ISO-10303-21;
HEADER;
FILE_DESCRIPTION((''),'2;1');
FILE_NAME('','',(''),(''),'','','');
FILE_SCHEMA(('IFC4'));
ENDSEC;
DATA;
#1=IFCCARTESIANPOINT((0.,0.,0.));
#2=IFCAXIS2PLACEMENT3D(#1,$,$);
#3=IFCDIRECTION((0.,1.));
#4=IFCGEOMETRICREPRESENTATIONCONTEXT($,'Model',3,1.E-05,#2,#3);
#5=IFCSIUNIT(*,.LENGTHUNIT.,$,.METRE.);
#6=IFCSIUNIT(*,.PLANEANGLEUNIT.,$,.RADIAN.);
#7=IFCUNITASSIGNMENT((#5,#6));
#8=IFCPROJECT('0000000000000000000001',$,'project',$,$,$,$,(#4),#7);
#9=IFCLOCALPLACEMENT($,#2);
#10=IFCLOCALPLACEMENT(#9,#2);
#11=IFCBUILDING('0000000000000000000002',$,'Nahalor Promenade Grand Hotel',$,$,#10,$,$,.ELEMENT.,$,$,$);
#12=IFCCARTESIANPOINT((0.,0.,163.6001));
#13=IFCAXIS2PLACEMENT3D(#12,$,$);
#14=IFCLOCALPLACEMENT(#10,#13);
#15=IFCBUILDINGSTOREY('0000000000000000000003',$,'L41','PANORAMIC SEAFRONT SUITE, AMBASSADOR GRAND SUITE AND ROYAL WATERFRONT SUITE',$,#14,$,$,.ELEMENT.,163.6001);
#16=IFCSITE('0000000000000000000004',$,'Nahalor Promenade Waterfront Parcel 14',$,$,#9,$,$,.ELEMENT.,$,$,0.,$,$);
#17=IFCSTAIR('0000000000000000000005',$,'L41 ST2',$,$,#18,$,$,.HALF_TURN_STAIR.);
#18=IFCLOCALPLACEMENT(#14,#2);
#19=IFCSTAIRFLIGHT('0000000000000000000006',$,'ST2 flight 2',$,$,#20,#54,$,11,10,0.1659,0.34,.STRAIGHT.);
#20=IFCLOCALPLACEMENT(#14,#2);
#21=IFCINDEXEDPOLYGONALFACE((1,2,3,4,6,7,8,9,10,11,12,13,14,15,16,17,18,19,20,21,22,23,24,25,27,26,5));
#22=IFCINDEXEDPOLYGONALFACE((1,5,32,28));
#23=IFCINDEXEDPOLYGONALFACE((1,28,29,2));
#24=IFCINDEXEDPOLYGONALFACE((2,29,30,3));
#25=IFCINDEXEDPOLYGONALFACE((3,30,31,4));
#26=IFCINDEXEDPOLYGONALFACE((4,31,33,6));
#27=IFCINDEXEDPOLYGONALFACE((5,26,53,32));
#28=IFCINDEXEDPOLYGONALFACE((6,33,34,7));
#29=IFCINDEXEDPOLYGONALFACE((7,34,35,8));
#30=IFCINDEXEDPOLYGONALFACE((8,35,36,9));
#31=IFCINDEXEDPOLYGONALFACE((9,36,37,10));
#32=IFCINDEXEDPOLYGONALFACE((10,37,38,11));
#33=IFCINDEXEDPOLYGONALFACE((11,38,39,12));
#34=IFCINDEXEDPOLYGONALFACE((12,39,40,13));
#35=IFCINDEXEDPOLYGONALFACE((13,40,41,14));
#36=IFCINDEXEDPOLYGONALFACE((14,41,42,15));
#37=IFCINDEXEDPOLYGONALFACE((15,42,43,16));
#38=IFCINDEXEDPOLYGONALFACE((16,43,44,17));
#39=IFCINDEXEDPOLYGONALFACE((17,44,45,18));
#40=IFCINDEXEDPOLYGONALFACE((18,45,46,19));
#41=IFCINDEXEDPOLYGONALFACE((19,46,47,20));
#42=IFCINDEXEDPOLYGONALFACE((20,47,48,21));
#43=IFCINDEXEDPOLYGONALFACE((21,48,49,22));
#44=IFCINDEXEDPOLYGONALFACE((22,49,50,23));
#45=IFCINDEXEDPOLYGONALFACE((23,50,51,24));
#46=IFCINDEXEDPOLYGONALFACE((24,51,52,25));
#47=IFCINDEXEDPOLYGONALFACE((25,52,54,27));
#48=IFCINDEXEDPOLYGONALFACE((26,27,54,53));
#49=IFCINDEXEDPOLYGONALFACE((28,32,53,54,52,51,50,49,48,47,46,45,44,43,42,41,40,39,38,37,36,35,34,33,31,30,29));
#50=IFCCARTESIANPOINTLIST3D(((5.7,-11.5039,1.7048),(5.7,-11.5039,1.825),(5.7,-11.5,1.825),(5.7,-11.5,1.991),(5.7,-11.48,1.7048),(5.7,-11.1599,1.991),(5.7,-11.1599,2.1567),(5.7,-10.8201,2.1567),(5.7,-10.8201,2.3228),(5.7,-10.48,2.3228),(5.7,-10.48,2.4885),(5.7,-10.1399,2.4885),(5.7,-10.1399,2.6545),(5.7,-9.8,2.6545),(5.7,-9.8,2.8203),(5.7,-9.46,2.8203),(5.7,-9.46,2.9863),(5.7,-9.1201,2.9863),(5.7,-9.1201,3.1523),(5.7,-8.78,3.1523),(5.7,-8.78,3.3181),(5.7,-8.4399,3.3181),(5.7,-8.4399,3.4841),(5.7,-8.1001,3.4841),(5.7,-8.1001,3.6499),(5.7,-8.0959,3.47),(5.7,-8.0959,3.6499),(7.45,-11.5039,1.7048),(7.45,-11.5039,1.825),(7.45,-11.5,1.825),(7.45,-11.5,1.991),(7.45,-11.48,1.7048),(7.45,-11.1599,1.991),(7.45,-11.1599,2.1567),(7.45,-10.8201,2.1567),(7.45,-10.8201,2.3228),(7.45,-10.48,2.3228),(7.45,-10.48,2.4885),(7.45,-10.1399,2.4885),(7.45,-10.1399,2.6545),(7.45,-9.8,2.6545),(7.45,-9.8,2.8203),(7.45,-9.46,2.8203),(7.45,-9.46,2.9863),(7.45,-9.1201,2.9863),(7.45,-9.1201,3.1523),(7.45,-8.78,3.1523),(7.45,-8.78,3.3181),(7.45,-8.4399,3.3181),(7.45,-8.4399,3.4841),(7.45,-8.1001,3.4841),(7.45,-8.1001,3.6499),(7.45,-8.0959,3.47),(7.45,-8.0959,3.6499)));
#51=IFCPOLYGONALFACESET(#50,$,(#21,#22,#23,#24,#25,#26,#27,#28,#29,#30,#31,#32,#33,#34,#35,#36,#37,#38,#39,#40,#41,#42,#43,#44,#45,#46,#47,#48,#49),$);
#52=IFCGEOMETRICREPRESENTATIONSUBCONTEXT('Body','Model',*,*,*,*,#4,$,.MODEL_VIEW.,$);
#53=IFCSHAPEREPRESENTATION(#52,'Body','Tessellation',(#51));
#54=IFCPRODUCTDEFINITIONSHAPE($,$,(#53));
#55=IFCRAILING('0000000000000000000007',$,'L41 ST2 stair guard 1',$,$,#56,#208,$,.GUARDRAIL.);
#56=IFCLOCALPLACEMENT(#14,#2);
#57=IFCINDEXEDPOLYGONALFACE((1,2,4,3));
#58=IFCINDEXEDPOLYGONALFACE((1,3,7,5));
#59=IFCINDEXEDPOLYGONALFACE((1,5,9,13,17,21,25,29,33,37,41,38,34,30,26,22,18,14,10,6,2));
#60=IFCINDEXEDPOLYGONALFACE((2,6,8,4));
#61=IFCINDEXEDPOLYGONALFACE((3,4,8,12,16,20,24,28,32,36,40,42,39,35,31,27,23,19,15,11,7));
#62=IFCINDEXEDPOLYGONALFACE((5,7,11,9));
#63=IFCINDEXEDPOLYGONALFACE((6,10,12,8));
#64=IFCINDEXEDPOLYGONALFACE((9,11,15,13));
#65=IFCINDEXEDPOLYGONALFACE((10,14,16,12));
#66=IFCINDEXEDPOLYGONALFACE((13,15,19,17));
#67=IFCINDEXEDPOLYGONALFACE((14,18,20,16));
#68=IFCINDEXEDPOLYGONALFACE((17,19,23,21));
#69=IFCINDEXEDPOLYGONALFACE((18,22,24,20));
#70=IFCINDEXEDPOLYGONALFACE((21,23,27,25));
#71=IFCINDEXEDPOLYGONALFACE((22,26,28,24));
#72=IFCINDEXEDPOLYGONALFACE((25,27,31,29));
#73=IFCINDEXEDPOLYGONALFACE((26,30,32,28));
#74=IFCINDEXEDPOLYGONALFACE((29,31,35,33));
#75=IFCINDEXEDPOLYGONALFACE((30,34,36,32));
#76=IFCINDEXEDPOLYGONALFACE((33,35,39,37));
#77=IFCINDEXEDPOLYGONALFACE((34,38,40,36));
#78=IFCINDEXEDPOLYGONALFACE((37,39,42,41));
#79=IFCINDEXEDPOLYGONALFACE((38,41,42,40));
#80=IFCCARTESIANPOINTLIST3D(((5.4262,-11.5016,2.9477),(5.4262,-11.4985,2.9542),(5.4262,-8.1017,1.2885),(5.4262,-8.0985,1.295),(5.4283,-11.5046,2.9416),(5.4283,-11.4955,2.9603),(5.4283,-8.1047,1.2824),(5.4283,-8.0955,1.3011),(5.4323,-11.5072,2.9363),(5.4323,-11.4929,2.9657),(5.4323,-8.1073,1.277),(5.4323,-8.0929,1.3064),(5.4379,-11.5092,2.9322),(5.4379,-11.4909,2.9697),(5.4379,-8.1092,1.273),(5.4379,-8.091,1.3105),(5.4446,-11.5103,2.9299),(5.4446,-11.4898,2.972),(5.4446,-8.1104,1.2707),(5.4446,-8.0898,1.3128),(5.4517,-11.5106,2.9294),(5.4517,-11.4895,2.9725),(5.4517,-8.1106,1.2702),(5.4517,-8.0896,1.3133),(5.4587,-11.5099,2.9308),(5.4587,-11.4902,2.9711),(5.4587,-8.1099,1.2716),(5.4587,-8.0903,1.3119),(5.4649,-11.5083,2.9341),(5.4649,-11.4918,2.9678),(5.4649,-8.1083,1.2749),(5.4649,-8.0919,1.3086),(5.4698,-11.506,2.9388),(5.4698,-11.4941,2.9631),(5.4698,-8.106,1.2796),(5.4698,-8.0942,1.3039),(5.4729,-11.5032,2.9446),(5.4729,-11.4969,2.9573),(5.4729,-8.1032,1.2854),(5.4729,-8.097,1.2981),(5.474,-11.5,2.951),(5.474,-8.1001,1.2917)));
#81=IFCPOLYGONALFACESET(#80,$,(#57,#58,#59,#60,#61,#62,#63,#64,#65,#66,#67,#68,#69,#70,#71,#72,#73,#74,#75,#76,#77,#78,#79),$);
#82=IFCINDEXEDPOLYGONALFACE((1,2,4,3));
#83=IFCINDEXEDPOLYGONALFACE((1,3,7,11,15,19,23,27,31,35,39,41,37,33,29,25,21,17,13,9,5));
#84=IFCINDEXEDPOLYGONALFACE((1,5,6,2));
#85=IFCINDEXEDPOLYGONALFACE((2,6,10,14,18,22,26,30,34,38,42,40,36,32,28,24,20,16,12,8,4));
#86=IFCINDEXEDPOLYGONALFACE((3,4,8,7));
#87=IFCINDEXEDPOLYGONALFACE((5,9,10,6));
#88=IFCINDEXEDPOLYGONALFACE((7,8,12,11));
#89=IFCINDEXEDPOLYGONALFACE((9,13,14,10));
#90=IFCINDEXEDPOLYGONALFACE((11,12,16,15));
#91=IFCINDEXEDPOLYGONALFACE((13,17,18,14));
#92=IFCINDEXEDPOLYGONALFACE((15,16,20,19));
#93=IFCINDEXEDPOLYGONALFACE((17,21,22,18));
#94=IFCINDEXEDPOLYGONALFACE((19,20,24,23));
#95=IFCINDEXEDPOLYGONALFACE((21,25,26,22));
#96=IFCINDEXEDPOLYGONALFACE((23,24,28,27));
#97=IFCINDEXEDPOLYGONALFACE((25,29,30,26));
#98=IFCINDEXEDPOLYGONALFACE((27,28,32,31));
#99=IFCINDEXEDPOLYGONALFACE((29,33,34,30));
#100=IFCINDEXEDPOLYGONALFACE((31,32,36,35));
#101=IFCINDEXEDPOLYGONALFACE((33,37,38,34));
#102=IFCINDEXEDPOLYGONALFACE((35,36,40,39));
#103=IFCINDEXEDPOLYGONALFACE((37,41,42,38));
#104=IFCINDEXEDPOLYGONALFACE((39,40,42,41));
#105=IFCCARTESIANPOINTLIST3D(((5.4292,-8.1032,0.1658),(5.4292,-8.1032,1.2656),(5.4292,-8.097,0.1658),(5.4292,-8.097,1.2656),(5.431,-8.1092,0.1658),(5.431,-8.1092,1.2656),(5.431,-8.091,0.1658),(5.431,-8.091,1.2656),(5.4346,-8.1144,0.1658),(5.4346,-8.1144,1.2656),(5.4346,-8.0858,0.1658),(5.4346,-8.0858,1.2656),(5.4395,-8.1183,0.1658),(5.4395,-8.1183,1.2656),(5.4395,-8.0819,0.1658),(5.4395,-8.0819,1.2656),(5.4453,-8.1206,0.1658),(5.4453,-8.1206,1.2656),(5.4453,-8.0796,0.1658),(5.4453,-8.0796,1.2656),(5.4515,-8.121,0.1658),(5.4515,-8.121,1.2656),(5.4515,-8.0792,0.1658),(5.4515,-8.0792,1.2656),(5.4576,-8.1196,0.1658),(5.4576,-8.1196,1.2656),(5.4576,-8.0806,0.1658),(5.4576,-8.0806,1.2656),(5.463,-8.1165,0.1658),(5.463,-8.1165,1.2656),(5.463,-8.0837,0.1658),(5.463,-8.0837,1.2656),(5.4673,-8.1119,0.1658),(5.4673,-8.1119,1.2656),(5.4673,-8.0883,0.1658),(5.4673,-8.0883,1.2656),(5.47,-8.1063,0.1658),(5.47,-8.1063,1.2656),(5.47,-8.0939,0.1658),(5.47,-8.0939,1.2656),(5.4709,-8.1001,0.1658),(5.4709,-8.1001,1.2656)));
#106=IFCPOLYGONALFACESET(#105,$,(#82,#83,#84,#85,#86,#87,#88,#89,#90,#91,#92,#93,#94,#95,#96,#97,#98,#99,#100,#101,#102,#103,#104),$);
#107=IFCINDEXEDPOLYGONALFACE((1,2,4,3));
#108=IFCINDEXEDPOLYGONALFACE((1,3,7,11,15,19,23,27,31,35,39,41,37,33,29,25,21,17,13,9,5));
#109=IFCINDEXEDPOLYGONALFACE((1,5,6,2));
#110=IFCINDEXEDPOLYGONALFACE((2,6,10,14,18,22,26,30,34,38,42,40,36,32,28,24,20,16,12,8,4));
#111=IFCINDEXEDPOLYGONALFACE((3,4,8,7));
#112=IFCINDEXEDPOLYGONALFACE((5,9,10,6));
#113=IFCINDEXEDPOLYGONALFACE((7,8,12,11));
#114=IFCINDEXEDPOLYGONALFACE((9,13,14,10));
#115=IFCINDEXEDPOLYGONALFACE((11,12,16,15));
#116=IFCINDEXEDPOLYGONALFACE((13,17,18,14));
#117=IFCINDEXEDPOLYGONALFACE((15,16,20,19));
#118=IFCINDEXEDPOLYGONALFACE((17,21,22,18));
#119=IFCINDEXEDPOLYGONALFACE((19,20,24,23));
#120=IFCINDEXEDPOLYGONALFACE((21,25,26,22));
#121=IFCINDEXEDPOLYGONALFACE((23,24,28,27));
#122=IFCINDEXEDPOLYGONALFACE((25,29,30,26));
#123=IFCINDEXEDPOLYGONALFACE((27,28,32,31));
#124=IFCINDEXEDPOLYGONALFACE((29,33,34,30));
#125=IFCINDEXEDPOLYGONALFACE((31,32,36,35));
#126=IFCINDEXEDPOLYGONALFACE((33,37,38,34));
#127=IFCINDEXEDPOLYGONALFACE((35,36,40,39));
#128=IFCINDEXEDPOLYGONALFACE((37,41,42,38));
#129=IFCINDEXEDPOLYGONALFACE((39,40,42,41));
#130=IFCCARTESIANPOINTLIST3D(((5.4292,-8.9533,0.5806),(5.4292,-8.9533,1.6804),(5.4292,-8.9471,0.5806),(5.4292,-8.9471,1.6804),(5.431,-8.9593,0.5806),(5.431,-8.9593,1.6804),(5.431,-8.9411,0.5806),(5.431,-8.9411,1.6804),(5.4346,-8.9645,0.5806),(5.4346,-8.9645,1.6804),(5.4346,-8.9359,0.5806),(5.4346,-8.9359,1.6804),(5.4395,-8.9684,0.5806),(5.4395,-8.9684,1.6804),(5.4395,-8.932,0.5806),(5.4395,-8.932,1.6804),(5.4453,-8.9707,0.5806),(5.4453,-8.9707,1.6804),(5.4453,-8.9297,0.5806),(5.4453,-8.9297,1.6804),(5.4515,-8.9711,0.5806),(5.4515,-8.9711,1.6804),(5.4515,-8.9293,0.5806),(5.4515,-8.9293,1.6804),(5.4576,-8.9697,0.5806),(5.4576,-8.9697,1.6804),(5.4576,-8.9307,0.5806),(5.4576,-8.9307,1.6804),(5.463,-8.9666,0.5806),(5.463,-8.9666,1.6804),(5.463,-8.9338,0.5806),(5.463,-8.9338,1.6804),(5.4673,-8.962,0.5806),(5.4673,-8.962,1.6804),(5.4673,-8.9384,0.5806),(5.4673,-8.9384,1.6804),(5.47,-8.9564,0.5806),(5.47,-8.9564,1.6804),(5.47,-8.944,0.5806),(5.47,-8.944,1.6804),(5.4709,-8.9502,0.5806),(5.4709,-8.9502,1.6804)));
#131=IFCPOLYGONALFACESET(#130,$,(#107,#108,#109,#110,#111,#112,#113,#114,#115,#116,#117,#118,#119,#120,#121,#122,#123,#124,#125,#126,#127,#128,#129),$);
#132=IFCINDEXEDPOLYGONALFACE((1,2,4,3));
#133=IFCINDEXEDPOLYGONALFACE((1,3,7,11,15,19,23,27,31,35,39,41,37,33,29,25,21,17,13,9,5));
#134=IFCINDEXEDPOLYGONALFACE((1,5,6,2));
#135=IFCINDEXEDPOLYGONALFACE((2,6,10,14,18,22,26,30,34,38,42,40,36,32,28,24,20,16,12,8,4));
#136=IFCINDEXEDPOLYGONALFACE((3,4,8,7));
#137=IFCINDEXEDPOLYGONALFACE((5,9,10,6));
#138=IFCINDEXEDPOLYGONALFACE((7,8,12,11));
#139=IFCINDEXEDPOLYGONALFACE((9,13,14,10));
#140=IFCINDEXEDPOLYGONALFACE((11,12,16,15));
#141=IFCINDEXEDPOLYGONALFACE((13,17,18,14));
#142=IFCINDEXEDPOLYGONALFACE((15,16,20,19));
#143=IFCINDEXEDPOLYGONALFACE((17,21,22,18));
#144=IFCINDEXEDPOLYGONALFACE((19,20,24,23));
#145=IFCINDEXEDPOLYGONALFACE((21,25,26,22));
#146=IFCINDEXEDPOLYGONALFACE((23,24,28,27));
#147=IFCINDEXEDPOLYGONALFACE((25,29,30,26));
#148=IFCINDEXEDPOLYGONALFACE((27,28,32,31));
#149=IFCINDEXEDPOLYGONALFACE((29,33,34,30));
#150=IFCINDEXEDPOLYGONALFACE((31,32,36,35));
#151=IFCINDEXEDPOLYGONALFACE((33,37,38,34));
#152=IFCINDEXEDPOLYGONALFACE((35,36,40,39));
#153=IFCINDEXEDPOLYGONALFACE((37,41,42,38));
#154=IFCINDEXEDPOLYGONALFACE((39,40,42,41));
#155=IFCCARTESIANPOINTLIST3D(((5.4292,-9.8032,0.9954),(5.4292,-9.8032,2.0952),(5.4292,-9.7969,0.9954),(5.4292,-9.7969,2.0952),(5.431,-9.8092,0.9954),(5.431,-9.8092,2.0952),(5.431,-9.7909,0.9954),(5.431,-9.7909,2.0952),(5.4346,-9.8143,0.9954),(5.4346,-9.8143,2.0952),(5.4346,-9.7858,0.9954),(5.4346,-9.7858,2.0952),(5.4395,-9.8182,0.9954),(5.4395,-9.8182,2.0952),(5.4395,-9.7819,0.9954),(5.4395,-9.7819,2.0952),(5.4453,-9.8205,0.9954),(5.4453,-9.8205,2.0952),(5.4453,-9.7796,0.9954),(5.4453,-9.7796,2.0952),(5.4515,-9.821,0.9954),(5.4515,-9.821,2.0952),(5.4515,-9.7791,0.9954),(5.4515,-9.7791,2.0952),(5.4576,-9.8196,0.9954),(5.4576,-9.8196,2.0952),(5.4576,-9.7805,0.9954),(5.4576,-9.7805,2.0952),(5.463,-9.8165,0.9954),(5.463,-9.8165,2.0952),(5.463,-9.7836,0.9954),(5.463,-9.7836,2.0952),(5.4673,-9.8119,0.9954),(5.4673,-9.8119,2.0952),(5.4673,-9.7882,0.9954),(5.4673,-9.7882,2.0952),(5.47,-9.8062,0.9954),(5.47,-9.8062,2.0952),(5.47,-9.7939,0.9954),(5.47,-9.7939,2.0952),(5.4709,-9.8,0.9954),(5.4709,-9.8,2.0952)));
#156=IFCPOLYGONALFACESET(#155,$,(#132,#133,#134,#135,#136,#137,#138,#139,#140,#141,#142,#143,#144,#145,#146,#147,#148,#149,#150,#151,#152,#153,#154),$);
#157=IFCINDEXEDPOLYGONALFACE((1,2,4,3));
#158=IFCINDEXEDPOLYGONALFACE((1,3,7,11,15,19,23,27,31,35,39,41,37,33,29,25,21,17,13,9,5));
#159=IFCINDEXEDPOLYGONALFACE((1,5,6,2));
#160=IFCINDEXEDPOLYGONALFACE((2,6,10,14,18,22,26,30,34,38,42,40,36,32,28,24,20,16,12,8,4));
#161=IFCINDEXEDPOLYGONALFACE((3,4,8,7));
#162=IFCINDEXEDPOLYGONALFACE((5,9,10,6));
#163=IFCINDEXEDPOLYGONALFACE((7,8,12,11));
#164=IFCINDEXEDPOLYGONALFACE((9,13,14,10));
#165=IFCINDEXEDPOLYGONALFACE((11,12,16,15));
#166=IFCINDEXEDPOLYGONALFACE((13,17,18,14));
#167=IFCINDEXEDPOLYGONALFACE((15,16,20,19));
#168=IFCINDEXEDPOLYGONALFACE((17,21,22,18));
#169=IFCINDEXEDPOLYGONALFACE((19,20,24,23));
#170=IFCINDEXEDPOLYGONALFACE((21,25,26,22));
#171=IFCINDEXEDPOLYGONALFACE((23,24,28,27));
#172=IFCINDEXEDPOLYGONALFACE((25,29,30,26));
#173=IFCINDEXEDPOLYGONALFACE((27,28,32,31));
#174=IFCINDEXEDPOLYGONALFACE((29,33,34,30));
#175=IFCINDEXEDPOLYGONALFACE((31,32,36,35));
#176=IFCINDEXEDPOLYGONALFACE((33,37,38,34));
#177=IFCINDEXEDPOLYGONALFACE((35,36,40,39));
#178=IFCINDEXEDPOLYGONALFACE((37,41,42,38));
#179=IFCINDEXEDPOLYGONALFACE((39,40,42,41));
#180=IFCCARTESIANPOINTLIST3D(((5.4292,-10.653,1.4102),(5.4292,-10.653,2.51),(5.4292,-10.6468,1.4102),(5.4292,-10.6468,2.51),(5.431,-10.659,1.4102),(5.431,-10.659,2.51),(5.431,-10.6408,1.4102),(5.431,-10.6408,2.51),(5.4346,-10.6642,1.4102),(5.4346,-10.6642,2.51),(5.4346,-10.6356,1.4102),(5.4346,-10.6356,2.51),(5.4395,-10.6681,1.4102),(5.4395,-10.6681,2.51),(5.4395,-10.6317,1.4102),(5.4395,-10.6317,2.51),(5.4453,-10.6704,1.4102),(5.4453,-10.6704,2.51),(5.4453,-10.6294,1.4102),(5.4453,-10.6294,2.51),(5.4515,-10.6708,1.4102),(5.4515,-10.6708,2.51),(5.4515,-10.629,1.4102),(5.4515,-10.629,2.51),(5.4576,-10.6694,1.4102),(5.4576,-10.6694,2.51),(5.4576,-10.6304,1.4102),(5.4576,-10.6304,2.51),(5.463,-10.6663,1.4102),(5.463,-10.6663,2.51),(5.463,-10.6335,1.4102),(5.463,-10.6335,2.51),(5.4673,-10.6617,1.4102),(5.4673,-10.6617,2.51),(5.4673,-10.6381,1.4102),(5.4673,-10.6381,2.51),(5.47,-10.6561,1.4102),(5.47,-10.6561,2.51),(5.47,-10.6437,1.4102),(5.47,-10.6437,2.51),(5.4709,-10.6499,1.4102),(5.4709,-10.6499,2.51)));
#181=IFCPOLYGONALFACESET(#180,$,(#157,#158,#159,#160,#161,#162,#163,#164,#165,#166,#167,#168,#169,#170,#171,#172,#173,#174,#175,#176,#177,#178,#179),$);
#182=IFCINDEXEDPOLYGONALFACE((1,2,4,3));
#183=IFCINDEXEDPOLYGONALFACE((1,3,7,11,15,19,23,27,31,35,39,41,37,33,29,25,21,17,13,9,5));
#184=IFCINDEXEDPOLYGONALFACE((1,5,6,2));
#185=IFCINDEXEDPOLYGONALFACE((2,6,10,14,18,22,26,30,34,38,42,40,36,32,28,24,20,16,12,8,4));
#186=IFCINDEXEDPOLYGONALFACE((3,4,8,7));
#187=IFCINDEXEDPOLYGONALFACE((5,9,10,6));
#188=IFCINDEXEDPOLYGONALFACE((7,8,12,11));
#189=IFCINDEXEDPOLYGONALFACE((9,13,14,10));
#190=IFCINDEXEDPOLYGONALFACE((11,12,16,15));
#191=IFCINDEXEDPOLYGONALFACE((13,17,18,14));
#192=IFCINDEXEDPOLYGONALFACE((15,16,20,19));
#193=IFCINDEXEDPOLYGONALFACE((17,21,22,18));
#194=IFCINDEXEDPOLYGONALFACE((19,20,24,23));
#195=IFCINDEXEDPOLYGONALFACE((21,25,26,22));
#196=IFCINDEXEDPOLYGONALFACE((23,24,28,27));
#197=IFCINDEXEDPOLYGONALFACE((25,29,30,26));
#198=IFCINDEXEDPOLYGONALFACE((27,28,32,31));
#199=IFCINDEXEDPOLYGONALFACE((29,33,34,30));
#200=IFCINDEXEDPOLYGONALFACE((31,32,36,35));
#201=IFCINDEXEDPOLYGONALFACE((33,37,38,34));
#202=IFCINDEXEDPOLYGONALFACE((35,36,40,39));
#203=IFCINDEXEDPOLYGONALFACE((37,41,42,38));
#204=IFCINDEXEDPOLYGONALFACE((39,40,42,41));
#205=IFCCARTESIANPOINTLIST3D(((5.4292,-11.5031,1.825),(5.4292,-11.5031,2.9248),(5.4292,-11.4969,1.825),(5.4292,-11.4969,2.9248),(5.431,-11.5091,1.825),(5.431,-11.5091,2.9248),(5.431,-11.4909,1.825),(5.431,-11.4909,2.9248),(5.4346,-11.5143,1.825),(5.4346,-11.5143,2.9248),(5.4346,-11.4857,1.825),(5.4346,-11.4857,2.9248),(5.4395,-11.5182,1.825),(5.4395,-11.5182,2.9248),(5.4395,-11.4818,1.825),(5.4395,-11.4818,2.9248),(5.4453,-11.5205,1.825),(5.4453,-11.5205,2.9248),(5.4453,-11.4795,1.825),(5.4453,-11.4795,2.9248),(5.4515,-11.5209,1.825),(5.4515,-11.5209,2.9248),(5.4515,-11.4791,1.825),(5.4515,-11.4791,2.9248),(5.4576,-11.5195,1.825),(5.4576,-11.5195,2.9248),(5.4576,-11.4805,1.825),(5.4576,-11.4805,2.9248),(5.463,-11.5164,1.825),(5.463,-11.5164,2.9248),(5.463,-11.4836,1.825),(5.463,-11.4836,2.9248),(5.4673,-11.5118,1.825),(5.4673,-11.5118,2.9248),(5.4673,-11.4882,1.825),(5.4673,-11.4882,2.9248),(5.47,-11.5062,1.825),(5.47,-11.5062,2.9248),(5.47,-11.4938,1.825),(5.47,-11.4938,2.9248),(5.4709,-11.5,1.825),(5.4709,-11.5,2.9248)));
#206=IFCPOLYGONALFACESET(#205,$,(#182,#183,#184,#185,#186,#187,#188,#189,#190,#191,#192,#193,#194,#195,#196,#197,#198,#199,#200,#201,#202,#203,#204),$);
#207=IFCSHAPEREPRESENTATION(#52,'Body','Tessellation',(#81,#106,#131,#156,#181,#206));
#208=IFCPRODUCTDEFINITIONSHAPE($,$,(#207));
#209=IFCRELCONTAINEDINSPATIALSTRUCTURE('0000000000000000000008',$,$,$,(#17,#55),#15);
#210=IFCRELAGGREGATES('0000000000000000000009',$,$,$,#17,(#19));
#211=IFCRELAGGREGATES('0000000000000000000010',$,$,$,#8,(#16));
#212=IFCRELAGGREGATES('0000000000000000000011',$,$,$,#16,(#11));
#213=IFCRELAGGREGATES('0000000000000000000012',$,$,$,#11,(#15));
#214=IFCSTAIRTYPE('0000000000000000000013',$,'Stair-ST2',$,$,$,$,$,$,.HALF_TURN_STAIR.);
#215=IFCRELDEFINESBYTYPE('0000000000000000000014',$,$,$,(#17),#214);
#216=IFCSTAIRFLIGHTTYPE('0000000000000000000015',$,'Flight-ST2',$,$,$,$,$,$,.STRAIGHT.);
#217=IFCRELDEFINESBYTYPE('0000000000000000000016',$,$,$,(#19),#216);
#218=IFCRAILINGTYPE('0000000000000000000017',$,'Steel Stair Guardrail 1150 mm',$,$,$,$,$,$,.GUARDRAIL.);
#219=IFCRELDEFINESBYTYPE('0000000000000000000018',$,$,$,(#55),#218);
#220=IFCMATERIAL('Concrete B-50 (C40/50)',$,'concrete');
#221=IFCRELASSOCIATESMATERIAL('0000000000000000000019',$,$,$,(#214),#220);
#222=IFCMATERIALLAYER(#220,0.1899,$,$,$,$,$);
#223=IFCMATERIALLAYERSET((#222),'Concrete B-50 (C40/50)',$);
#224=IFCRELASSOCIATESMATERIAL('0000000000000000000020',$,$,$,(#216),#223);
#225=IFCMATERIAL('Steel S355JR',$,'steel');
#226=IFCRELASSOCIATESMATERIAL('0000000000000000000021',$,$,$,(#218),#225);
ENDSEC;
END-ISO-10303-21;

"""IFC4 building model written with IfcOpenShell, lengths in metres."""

from ifc_helpers import new_model, si_unit, direction, frame, origin, origin_2d, place, context, subcontext, project, spatial, polyline, circle, outline, extrude, source, transform, mapped, material, layer, layer_set, type_object, element, aggregate, save


model = new_model("IFC4")

# Units and contexts
model_context = context("Model", 3, precision=1e-05, world=origin(), true_north=direction((0.0, 1.0)))
body_context = subcontext(model_context, "Body", "Model", "MODEL_VIEW")
ifc_project = project(units=[si_unit("LENGTHUNIT", "METRE"), si_unit("PLANEANGLEUNIT", "RADIAN")], contexts=[model_context])

# Site, building, storey
site_placement = place(None, origin())
site = spatial("IfcSite", under=ifc_project, at=site_placement, Name="Nahalor Promenade Waterfront Parcel 14", CompositionType="ELEMENT", RefElevation=0.0)
building_placement = place(site_placement, origin())
building = spatial("IfcBuilding", under=site, at=building_placement, Name="Nahalor Promenade Grand Hotel", CompositionType="ELEMENT")
storey_placement = place(building_placement, frame((0.0, 0.0, 163.6001)))
storey = spatial("IfcBuildingStorey", under=building, at=storey_placement, Name="L41", Description="PANORAMIC SEAFRONT SUITE, AMBASSADOR GRAND SUITE AND ROYAL WATERFRONT SUITE", CompositionType="ELEMENT", Elevation=163.6001)

# Shared definitions
ifc_material_1 = material(Name="Steel S355JR", Category="steel")

# Shared definitions
ifc_material_2 = material(Name="Concrete B-50 (C40/50)", Category="concrete")

# Stair, stair flight
stair_type = type_object("IfcStairType", Name="Stair-ST2", PredefinedType="HALF_TURN_STAIR", material=ifc_material_2)
stair_placement = place(storey_placement, origin())
stair = element("IfcStair", 1, at=stair_placement, inside=storey, type_object=stair_type, Name="L41 ST2", PredefinedType="HALF_TURN_STAIR")
ifc_layer_1 = layer(ifc_material_2, 0.1899)
ifc_layer_set_1 = layer_set([ifc_layer_1], Name="Concrete B-50 (C40/50)")
stair_flight_type = type_object("IfcStairFlightType", Name="Flight-ST2", PredefinedType="STRAIGHT", material=ifc_layer_set_1)
shared_shape_1 = source(origin(), body_context, "Body", "SweptSolid", [
    extrude(outline(polyline([(-0.0039, -0.1201), (-0.0039, 0.0), (0.0, 0.0), (0.0, 0.166), (0.3401, 0.166), (0.3401, 0.3318), (0.6799, 0.3318), (0.6799, 0.4978), (1.02, 0.4978), (1.02, 0.6636), (1.3601, 0.6636), (1.3601, 0.8296), (1.7, 0.8296), (1.7, 0.9954), (2.04, 0.9954), (2.04, 1.1614), (2.3799, 1.1614), (2.3799, 1.3274), (2.72, 1.3274), (2.72, 1.4932), (3.0601, 1.4932), (3.0601, 1.6592), (3.3999, 1.6592), (3.3999, 1.825), (3.4041, 1.825), (3.4041, 1.645), (0.02, -0.1201), (-0.0039, -0.1201)])), frame((0.0, 0.875, 0.0), z_axis=(0.0, -1.0, 0.0), x_axis=(1.0, 0.0, 0.0)), (0.0, 0.0, 1.0), 1.75),
])
stair_flight_1_placement = place(storey_placement, frame((6.575, -11.5, 1.825), z_axis=(0.0, 0.0, 1.0), x_axis=(0.0, 1.0, 0.0)))
stair_flight_1 = element("IfcStairFlight", 2, at=stair_flight_1_placement, type_object=stair_flight_type, Name="ST2 flight 2", NumberOfRisers=11, NumberOfTreads=10, PredefinedType="STRAIGHT", RiserHeight=0.1659, TreadLength=0.34, context=body_context, shape_type="MappedRepresentation", body=[
    mapped(shared_shape_1, transform((0.0, 0.0, 0.0), scale=1.0)),
])
aggregate(stair, [stair_flight_1])

# Railing
railing_type_1 = type_object("IfcRailingType", Name="Steel Stair Guardrail 1150 mm", PredefinedType="GUARDRAIL", material=ifc_material_1)
railing_1_placement = place(storey_placement, frame((5.45, -8.1001, 0.1658)))
element("IfcRailing", 3, at=railing_1_placement, inside=storey, type_object=railing_type_1, Name="L41 ST2 stair guard 1", PredefinedType="GUARDRAIL", context=body_context, shape_type="SweptSolid", body=[
    extrude(circle(Radius=0.024, at=origin_2d()), frame((0.0, 0.0, 1.126), z_axis=(0.0, -0.898696, 0.438571), x_axis=(1.0, 0.0, 0.0)), (0.0, 0.0, 1.0), 3.7832),
    extrude(circle(Radius=0.021, at=origin_2d()), origin(), (0.0, 0.0, 1.0), 1.0999),
    extrude(circle(Radius=0.021, at=origin_2d()), frame((0.0, -0.8501, 0.4148)), (0.0, 0.0, 1.0), 1.0999),
    extrude(circle(Radius=0.021, at=origin_2d()), frame((0.0, -1.7, 0.8296)), (0.0, 0.0, 1.0), 1.0999),
    extrude(circle(Radius=0.021, at=origin_2d()), frame((0.0, -2.5498, 1.2444)), (0.0, 0.0, 1.0), 1.0999),
    extrude(circle(Radius=0.021, at=origin_2d()), frame((0.0, -3.3999, 1.6592)), (0.0, 0.0, 1.0), 1.0999),
])

save(model, "model.ifc")
